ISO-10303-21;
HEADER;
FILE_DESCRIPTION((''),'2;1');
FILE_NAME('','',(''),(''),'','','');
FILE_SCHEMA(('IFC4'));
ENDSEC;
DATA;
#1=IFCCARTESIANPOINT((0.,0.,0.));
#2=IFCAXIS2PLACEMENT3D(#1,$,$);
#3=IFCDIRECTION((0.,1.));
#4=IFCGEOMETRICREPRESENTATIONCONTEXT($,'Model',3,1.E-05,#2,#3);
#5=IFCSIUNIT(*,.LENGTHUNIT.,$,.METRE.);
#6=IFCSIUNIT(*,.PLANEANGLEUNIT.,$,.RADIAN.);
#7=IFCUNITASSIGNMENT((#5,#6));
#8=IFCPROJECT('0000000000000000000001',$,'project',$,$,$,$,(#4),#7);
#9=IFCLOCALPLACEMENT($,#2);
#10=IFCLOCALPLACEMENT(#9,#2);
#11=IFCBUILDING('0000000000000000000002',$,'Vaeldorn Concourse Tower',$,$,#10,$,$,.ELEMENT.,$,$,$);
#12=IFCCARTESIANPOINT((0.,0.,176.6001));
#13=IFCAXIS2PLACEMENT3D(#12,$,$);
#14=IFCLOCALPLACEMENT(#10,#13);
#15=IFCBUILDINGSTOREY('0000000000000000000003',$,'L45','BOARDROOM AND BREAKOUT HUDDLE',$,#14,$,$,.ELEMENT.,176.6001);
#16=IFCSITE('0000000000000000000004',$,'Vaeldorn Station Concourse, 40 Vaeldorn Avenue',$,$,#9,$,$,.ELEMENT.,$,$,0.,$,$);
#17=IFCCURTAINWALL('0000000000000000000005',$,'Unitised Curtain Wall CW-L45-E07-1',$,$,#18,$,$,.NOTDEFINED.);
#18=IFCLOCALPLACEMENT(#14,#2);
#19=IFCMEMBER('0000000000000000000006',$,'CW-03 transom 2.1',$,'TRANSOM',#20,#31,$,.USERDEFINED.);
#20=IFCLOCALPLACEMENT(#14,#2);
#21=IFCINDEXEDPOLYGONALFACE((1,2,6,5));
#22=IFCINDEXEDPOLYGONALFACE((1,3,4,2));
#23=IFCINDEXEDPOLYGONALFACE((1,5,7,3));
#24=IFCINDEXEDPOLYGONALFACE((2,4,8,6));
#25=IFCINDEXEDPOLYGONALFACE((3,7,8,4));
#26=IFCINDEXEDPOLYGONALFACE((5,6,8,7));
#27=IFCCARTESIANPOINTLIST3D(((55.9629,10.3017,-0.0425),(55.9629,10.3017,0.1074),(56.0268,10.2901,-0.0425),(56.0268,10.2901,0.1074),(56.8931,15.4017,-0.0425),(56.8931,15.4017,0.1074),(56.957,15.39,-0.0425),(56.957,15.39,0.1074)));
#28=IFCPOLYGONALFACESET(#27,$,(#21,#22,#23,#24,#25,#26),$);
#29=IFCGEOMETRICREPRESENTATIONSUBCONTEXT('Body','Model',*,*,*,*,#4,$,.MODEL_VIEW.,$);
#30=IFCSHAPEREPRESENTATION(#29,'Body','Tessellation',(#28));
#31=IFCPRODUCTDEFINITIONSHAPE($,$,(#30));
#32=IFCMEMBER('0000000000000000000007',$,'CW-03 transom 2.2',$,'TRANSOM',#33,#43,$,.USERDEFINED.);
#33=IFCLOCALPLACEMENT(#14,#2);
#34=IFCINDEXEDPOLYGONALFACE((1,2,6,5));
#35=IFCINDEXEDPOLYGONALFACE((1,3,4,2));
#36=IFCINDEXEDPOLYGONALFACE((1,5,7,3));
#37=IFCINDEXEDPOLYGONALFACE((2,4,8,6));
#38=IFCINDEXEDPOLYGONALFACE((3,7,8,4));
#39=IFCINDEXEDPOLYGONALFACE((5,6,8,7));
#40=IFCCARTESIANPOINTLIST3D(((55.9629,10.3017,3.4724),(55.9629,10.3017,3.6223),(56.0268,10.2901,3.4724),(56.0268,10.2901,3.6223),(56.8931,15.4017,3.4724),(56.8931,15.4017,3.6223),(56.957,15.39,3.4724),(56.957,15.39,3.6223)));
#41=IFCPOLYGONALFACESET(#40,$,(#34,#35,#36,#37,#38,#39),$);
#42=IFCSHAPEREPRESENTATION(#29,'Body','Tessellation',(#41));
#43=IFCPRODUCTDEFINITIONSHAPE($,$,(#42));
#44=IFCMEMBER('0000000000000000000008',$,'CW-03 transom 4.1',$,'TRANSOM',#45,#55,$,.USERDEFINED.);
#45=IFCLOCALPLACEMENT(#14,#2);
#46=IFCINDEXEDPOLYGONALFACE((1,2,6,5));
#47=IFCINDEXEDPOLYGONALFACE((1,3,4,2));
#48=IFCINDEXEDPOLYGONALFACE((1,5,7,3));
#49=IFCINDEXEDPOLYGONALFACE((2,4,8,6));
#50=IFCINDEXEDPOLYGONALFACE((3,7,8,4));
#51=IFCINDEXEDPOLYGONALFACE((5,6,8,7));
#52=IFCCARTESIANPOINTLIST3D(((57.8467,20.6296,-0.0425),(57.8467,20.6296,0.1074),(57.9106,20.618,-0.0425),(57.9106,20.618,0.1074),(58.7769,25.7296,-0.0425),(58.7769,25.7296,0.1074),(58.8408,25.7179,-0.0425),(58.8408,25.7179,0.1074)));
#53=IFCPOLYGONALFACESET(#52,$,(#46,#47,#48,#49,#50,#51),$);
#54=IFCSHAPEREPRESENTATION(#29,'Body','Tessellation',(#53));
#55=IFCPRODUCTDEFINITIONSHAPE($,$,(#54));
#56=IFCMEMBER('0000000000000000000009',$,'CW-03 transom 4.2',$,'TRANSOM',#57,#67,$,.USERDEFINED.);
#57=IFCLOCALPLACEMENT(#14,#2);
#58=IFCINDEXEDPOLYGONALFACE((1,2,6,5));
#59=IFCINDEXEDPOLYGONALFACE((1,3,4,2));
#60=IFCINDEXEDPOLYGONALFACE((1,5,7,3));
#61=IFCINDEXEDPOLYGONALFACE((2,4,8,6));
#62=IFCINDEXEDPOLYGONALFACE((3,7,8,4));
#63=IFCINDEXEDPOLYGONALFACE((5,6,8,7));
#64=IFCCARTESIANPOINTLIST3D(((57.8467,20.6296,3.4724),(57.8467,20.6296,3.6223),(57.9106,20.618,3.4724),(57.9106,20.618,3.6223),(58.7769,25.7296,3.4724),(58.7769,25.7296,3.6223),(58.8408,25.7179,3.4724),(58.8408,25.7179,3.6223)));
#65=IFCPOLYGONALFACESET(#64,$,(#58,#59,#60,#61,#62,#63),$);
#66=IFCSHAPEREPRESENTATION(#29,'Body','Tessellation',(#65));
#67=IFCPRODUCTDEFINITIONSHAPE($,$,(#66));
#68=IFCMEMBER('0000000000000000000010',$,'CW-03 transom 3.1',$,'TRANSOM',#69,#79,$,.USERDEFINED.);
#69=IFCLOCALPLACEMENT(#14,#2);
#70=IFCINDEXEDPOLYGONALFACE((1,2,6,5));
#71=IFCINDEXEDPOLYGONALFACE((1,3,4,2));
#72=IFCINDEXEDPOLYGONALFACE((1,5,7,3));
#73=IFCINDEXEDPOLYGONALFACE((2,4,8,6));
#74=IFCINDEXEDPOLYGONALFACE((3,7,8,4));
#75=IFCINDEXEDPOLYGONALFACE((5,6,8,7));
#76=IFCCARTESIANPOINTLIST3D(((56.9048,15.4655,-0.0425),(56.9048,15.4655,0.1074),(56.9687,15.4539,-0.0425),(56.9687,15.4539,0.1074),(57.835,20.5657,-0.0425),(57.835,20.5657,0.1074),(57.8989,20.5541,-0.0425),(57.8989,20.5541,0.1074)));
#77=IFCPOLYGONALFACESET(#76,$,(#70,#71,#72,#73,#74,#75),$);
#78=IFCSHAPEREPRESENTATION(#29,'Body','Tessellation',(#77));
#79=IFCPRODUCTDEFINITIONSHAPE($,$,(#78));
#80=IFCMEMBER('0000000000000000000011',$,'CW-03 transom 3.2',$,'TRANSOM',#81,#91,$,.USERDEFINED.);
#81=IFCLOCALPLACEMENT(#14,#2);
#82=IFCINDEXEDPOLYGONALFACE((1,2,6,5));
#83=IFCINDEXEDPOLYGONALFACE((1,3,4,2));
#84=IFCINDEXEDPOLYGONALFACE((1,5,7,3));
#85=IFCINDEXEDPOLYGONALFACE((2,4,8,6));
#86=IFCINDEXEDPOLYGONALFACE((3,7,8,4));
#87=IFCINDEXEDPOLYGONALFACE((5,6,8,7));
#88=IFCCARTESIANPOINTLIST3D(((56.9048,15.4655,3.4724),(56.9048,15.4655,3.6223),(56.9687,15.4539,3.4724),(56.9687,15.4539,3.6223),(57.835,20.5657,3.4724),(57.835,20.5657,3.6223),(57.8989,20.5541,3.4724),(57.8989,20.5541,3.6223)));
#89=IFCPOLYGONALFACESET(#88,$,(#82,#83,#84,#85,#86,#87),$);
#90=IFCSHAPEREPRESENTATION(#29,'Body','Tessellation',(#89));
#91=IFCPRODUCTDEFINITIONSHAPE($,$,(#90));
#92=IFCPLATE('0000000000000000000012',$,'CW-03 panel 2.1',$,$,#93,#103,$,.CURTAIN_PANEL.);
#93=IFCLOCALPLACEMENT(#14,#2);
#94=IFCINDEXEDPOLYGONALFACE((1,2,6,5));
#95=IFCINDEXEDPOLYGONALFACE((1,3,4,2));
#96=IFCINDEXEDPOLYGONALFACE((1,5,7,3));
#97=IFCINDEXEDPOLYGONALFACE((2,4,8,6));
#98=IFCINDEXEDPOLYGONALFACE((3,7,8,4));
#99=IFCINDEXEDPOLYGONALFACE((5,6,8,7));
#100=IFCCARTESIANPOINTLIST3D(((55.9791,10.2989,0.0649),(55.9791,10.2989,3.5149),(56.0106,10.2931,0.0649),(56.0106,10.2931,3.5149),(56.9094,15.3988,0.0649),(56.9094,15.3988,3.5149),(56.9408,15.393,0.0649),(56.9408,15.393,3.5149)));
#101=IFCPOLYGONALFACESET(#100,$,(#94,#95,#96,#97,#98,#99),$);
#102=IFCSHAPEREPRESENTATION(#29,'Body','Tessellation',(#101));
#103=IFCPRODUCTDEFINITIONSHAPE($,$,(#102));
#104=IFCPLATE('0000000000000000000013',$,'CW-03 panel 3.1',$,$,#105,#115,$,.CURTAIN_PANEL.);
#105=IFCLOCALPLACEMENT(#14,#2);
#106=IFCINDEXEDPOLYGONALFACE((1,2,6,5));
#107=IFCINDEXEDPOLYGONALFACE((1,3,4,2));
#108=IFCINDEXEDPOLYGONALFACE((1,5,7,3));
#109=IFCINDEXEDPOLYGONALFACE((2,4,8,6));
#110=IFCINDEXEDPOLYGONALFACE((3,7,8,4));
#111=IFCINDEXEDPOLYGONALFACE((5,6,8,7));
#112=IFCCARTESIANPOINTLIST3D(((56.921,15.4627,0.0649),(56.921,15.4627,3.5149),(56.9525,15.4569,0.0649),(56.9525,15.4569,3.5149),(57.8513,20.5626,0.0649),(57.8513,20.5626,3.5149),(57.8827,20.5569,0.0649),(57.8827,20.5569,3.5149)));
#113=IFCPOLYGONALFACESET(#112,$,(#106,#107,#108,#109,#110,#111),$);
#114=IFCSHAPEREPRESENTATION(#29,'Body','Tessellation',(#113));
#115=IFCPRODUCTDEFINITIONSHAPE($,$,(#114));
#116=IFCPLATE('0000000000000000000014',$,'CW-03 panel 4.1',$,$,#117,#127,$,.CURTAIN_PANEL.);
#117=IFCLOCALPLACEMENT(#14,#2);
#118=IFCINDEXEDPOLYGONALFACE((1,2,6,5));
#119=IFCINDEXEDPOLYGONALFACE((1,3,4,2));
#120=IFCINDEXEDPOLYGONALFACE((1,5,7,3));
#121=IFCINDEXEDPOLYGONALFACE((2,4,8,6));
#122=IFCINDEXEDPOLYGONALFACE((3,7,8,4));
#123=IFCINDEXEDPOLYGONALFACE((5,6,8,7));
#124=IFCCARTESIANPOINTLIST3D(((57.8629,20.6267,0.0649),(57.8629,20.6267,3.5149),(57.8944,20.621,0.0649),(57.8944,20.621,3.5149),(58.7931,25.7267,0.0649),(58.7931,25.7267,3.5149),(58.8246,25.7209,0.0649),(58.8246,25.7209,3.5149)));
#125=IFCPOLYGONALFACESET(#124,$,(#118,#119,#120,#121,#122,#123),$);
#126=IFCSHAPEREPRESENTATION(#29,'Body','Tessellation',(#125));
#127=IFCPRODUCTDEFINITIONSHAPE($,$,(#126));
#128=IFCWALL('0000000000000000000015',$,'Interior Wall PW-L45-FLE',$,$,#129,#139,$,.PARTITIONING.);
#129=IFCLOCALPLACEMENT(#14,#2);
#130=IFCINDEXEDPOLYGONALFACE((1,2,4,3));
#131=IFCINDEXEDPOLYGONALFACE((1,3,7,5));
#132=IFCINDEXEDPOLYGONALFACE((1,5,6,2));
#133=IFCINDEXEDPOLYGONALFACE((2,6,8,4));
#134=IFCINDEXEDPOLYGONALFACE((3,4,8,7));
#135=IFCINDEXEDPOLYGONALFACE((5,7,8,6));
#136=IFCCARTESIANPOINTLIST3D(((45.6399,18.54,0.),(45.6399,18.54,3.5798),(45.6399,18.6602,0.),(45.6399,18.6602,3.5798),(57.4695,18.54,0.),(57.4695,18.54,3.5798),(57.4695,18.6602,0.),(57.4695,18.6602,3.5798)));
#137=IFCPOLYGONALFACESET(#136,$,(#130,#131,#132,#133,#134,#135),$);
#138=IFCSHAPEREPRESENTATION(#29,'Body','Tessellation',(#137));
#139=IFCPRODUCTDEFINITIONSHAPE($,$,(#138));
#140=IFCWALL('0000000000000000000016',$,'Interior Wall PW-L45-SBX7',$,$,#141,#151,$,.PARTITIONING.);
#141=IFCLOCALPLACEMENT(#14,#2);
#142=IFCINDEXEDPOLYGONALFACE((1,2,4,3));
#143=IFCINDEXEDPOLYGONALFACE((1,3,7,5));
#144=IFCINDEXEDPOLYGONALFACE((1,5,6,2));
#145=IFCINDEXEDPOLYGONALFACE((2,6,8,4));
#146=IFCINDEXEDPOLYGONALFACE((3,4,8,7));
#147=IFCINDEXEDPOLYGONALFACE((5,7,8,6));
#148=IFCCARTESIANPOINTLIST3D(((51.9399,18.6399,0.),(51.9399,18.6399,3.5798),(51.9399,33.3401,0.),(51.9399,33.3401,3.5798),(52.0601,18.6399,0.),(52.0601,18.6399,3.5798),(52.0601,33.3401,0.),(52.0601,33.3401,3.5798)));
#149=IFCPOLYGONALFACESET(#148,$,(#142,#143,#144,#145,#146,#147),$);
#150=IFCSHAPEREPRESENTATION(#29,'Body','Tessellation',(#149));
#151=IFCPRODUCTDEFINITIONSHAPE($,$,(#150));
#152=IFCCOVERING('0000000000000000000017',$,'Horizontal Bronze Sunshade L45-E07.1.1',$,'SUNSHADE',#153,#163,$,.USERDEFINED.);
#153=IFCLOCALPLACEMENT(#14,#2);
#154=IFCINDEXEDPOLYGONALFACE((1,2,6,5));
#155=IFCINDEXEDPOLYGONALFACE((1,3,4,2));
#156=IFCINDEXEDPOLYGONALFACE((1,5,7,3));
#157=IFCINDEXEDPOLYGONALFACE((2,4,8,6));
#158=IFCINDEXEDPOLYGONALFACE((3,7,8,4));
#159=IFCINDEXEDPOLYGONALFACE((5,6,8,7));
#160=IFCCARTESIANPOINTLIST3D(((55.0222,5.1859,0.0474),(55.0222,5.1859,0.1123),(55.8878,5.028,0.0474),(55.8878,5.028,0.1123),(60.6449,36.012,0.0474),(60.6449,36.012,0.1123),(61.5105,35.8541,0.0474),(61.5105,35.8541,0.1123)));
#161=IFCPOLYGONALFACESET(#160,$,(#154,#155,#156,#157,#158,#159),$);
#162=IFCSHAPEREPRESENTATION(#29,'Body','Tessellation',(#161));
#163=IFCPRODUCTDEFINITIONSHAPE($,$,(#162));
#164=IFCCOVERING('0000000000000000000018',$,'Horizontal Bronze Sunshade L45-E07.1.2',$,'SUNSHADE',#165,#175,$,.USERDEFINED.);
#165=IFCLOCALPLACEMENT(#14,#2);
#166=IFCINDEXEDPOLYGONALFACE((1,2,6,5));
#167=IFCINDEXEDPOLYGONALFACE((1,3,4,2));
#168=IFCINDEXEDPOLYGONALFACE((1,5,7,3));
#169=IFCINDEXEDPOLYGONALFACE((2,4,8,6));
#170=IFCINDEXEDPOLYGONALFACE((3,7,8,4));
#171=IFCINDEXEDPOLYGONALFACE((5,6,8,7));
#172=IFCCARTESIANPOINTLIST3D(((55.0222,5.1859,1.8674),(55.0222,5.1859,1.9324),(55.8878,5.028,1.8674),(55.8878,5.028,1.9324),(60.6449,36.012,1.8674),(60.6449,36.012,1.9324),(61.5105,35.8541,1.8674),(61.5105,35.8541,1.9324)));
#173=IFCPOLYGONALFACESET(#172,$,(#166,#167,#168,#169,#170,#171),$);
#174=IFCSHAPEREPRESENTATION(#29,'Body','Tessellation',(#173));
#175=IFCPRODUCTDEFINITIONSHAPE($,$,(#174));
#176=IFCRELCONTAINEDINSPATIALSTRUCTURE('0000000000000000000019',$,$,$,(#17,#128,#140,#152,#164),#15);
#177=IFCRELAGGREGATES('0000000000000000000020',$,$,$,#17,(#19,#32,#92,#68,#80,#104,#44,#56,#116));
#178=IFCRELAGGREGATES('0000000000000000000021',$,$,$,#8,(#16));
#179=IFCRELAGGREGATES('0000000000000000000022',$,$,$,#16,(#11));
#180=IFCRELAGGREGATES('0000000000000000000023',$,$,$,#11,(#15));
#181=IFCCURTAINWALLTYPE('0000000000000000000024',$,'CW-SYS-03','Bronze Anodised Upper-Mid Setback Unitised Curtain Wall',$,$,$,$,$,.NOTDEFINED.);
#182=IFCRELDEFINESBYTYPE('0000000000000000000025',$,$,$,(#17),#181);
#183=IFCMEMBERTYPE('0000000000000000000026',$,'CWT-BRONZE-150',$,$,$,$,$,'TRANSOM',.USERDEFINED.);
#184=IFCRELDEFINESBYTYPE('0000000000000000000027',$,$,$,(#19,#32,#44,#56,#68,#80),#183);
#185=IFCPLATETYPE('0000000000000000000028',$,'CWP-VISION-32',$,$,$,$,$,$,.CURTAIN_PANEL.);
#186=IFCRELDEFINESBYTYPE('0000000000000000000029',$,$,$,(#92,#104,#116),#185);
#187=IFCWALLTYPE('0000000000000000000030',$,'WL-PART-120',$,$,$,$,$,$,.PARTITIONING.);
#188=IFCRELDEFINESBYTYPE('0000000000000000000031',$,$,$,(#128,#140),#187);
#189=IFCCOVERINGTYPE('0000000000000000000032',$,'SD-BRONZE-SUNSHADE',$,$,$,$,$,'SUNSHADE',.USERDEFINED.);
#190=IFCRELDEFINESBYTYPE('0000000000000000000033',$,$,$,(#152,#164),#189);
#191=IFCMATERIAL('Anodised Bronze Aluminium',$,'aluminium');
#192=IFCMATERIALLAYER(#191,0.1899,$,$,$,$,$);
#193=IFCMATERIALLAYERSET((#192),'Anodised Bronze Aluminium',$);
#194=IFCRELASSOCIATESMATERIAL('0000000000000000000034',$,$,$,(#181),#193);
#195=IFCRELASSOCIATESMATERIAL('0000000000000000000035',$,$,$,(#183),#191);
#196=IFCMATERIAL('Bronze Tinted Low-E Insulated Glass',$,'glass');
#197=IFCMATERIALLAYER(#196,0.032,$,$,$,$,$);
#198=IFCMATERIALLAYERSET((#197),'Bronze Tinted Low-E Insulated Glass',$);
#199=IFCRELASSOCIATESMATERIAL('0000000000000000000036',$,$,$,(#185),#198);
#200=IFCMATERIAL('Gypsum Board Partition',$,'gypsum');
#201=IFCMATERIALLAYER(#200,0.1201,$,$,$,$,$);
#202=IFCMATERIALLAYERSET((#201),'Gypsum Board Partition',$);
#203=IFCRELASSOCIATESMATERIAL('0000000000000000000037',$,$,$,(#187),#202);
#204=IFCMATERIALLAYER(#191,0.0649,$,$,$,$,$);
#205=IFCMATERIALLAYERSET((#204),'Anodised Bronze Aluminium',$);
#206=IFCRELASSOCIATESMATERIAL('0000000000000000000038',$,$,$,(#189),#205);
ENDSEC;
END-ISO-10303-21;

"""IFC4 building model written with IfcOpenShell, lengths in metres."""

from ifc_helpers import new_model, si_unit, direction, frame, frame_2d, origin, origin_2d, place, context, subcontext, project, spatial, rectangle, extrude, source, transform, mapped, material, layer, layer_set, material_profile, profile_set, type_object, element, aggregate, save


model = new_model("IFC4")

# Units and contexts
model_context = context("Model", 3, precision=1e-05, world=origin(), true_north=direction((0.0, 1.0)))
body_context = subcontext(model_context, "Body", "Model", "MODEL_VIEW")
ifc_project = project(units=[si_unit("LENGTHUNIT", "METRE"), si_unit("PLANEANGLEUNIT", "RADIAN")], contexts=[model_context])

# Site, building, storey
site_placement = place(None, origin())
site = spatial("IfcSite", under=ifc_project, at=site_placement, Name="Vaeldorn Station Concourse, 40 Vaeldorn Avenue", CompositionType="ELEMENT", RefElevation=0.0)
building_placement = place(site_placement, origin())
building = spatial("IfcBuilding", under=site, at=building_placement, Name="Vaeldorn Concourse Tower", CompositionType="ELEMENT")
storey_placement = place(building_placement, frame((0.0, 0.0, 176.6001)))
storey = spatial("IfcBuildingStorey", under=building, at=storey_placement, Name="L45", Description="BOARDROOM AND BREAKOUT HUDDLE", CompositionType="ELEMENT", Elevation=176.6001)

# Curtain wall, members, plates
ifc_material_1 = material(Name="Anodised Bronze Aluminium", Category="aluminium")
ifc_layer_1 = layer(ifc_material_1, 0.1899)
ifc_layer_set_1 = layer_set([ifc_layer_1], Name="Anodised Bronze Aluminium")
curtain_wall_type = type_object("IfcCurtainWallType", Name="CW-SYS-03", Description="Bronze Anodised Upper-Mid Setback Unitised Curtain Wall", PredefinedType="NOTDEFINED", material=ifc_layer_set_1)
curtain_wall_placement = place(storey_placement, origin())
curtain_wall = element("IfcCurtainWall", 1, at=curtain_wall_placement, inside=storey, type_object=curtain_wall_type, Name="Unitised Curtain Wall CW-L45-E07-1", PredefinedType="NOTDEFINED")
ifc_material_profile_1 = material_profile(ifc_material_1, rectangle(XDim=0.0649, YDim=0.1499, at=origin_2d()), Name="CWT 65x150")
ifc_profile_set_1 = profile_set([ifc_material_profile_1], Name="Anodised Bronze Aluminium")
member_type_1 = type_object("IfcMemberType", Name="CWT-BRONZE-150", ElementType="TRANSOM", PredefinedType="USERDEFINED", material=ifc_profile_set_1)
shared_shape_1 = source(origin(), body_context, "Body", "SweptSolid", [
    extrude(rectangle(XDim=0.0649, YDim=0.1499, at=origin_2d()), origin(), (0.0, 0.0, 1.0), 5.1841),
])
member_1_placement = place(storey_placement, frame((55.9949, 10.2959, 0.0325), z_axis=(0.179432, 0.98377, 0.0), x_axis=(-0.98377, 0.179432, 0.0)))
member_1 = element("IfcMember", 2, at=member_1_placement, type_object=member_type_1, Name="CW-03 transom 2.1", ObjectType="TRANSOM", PredefinedType="USERDEFINED", context=body_context, shape_type="MappedRepresentation", body=[
    mapped(shared_shape_1, transform((0.0, 0.0, 0.0), scale=1.0)),
])
member_2_placement = place(storey_placement, frame((55.9949, 10.2959, 3.5474), z_axis=(0.179432, 0.98377, 0.0), x_axis=(-0.98377, 0.179432, 0.0)))
member_2 = element("IfcMember", 3, at=member_2_placement, type_object=member_type_1, Name="CW-03 transom 2.2", ObjectType="TRANSOM", PredefinedType="USERDEFINED", context=body_context, shape_type="MappedRepresentation", body=[
    mapped(shared_shape_1, transform((0.0, 0.0, 0.0), scale=1.0)),
])
member_3_placement = place(storey_placement, frame((57.8787, 20.6238, 0.0325), z_axis=(0.179432, 0.98377, 0.0), x_axis=(-0.98377, 0.179432, 0.0)))
member_3 = element("IfcMember", 4, at=member_3_placement, type_object=member_type_1, Name="CW-03 transom 4.1", ObjectType="TRANSOM", PredefinedType="USERDEFINED", context=body_context, shape_type="MappedRepresentation", body=[
    mapped(shared_shape_1, transform((0.0, 0.0, 0.0), scale=1.0)),
])
member_4_placement = place(storey_placement, frame((57.8787, 20.6238, 3.5474), z_axis=(0.179432, 0.98377, 0.0), x_axis=(-0.98377, 0.179432, 0.0)))
member_4 = element("IfcMember", 5, at=member_4_placement, type_object=member_type_1, Name="CW-03 transom 4.2", ObjectType="TRANSOM", PredefinedType="USERDEFINED", context=body_context, shape_type="MappedRepresentation", body=[
    mapped(shared_shape_1, transform((0.0, 0.0, 0.0), scale=1.0)),
])
shared_shape_2 = source(origin(), body_context, "Body", "SweptSolid", [
    extrude(rectangle(XDim=0.0649, YDim=0.1499, at=origin_2d()), origin(), (0.0, 0.0, 1.0), 5.1843),
])
member_5_placement = place(storey_placement, frame((56.9368, 15.4597, 0.0325), z_axis=(0.179424, 0.983772, 0.0), x_axis=(-0.983772, 0.179424, 0.0)))
member_5 = element("IfcMember", 6, at=member_5_placement, type_object=member_type_1, Name="CW-03 transom 3.1", ObjectType="TRANSOM", PredefinedType="USERDEFINED", context=body_context, shape_type="MappedRepresentation", body=[
    mapped(shared_shape_2, transform((0.0, 0.0, 0.0), scale=1.0)),
])
member_6_placement = place(storey_placement, frame((56.9368, 15.4597, 3.5474), z_axis=(0.179424, 0.983772, 0.0), x_axis=(-0.983772, 0.179424, 0.0)))
member_6 = element("IfcMember", 7, at=member_6_placement, type_object=member_type_1, Name="CW-03 transom 3.2", ObjectType="TRANSOM", PredefinedType="USERDEFINED", context=body_context, shape_type="MappedRepresentation", body=[
    mapped(shared_shape_2, transform((0.0, 0.0, 0.0), scale=1.0)),
])
ifc_material_2 = material(Name="Bronze Tinted Low-E Insulated Glass", Category="glass")
ifc_layer_2 = layer(ifc_material_2, 0.032)
ifc_layer_set_2 = layer_set([ifc_layer_2], Name="Bronze Tinted Low-E Insulated Glass")
plate_type = type_object("IfcPlateType", Name="CWP-VISION-32", PredefinedType="CURTAIN_PANEL", material=ifc_layer_set_2)
shared_shape_3 = source(origin(), body_context, "Body", "SweptSolid", [
    extrude(rectangle(XDim=5.1841, YDim=0.032, at=origin_2d()), origin(), (0.0, 0.0, 1.0), 3.45),
])
plate_1_placement = place(storey_placement, frame((56.46, 12.8459, 0.0649), z_axis=(0.0, 0.0, 1.0), x_axis=(0.179446, 0.983768, 0.0)))
plate_1 = element("IfcPlate", 8, at=plate_1_placement, type_object=plate_type, Name="CW-03 panel 2.1", PredefinedType="CURTAIN_PANEL", context=body_context, shape_type="MappedRepresentation", body=[
    mapped(shared_shape_3, transform((0.0, 0.0, 0.0), scale=1.0)),
])
plate_2_placement = place(storey_placement, frame((57.4019, 18.0098, 0.0649), z_axis=(0.0, 0.0, 1.0), x_axis=(0.179446, 0.983768, 0.0)))
plate_2 = element("IfcPlate", 9, at=plate_2_placement, type_object=plate_type, Name="CW-03 panel 3.1", PredefinedType="CURTAIN_PANEL", context=body_context, shape_type="MappedRepresentation", body=[
    mapped(shared_shape_3, transform((0.0, 0.0, 0.0), scale=1.0)),
])
plate_3_placement = place(storey_placement, frame((58.3438, 23.1738, 0.0649), z_axis=(0.0, 0.0, 1.0), x_axis=(0.179446, 0.983768, 0.0)))
plate_3 = element("IfcPlate", 10, at=plate_3_placement, type_object=plate_type, Name="CW-03 panel 4.1", PredefinedType="CURTAIN_PANEL", context=body_context, shape_type="MappedRepresentation", body=[
    mapped(shared_shape_3, transform((0.0, 0.0, 0.0), scale=1.0)),
])
aggregate(curtain_wall, [member_1, member_2, plate_1, member_5, member_6, plate_2, member_3, member_4, plate_3])

# Walls
ifc_material_3 = material(Name="Gypsum Board Partition", Category="gypsum")
ifc_layer_3 = layer(ifc_material_3, 0.1201)
ifc_layer_set_3 = layer_set([ifc_layer_3], Name="Gypsum Board Partition")
wall_type = type_object("IfcWallType", Name="WL-PART-120", PredefinedType="PARTITIONING", material=ifc_layer_set_3)
wall_1_placement = place(storey_placement, frame((45.6399, 18.6001, 0.0), z_axis=(0.0, 0.0, 1.0), x_axis=(1.0, 0.0, 0.0)))
element("IfcWall", 11, at=wall_1_placement, inside=storey, type_object=wall_type, Name="Interior Wall PW-L45-FLE", PredefinedType="PARTITIONING", context=body_context, shape_type="SweptSolid", body=[
    extrude(rectangle(XDim=11.8296, YDim=0.1201, at=frame_2d((5.9148, 0.0))), origin(), (0.0, 0.0, 1.0), 3.5798),
])
wall_2_placement = place(storey_placement, frame((52.0, 18.6399, 0.0), z_axis=(0.0, 0.0, 1.0), x_axis=(0.0, 1.0, 0.0)))
element("IfcWall", 12, at=wall_2_placement, inside=storey, type_object=wall_type, Name="Interior Wall PW-L45-SBX7", PredefinedType="PARTITIONING", context=body_context, shape_type="SweptSolid", body=[
    extrude(rectangle(XDim=14.7002, YDim=0.1201, at=frame_2d((7.3501, 0.0))), origin(), (0.0, 0.0, 1.0), 3.5798),
])

# Coverings
ifc_layer_4 = layer(ifc_material_1, 0.0649)
ifc_layer_set_4 = layer_set([ifc_layer_4], Name="Anodised Bronze Aluminium")
covering_type = type_object("IfcCoveringType", Name="SD-BRONZE-SUNSHADE", ElementType="SUNSHADE", PredefinedType="USERDEFINED", material=ifc_layer_set_4)
shared_shape_4 = source(origin(), body_context, "Body", "SweptSolid", [
    extrude(rectangle(XDim=31.3347, YDim=0.8799, at=origin_2d()), origin(), (0.0, 0.0, 1.0), 0.0649),
])
for number, where, z_axis, x_axis, name in (
    (13, (58.2664, 20.52, 0.0474), (0.0, 0.0, 1.0), (0.179438, 0.983769, 0.0), "Horizontal Bronze Sunshade L45-E07.1.1"),
    (14, (58.2664, 20.52, 1.8674), (0.0, 0.0, 1.0), (0.179438, 0.983769, 0.0), "Horizontal Bronze Sunshade L45-E07.1.2"),
):
    element("IfcCovering", number, at=place(storey_placement, frame(where, z_axis=z_axis, x_axis=x_axis)), inside=storey, type_object=covering_type, Name=name, ObjectType="SUNSHADE", PredefinedType="USERDEFINED", context=body_context, shape_type="MappedRepresentation", body=[
        mapped(shared_shape_4, transform((0.0, 0.0, 0.0), scale=1.0)),
    ])

save(model, "model.ifc")
